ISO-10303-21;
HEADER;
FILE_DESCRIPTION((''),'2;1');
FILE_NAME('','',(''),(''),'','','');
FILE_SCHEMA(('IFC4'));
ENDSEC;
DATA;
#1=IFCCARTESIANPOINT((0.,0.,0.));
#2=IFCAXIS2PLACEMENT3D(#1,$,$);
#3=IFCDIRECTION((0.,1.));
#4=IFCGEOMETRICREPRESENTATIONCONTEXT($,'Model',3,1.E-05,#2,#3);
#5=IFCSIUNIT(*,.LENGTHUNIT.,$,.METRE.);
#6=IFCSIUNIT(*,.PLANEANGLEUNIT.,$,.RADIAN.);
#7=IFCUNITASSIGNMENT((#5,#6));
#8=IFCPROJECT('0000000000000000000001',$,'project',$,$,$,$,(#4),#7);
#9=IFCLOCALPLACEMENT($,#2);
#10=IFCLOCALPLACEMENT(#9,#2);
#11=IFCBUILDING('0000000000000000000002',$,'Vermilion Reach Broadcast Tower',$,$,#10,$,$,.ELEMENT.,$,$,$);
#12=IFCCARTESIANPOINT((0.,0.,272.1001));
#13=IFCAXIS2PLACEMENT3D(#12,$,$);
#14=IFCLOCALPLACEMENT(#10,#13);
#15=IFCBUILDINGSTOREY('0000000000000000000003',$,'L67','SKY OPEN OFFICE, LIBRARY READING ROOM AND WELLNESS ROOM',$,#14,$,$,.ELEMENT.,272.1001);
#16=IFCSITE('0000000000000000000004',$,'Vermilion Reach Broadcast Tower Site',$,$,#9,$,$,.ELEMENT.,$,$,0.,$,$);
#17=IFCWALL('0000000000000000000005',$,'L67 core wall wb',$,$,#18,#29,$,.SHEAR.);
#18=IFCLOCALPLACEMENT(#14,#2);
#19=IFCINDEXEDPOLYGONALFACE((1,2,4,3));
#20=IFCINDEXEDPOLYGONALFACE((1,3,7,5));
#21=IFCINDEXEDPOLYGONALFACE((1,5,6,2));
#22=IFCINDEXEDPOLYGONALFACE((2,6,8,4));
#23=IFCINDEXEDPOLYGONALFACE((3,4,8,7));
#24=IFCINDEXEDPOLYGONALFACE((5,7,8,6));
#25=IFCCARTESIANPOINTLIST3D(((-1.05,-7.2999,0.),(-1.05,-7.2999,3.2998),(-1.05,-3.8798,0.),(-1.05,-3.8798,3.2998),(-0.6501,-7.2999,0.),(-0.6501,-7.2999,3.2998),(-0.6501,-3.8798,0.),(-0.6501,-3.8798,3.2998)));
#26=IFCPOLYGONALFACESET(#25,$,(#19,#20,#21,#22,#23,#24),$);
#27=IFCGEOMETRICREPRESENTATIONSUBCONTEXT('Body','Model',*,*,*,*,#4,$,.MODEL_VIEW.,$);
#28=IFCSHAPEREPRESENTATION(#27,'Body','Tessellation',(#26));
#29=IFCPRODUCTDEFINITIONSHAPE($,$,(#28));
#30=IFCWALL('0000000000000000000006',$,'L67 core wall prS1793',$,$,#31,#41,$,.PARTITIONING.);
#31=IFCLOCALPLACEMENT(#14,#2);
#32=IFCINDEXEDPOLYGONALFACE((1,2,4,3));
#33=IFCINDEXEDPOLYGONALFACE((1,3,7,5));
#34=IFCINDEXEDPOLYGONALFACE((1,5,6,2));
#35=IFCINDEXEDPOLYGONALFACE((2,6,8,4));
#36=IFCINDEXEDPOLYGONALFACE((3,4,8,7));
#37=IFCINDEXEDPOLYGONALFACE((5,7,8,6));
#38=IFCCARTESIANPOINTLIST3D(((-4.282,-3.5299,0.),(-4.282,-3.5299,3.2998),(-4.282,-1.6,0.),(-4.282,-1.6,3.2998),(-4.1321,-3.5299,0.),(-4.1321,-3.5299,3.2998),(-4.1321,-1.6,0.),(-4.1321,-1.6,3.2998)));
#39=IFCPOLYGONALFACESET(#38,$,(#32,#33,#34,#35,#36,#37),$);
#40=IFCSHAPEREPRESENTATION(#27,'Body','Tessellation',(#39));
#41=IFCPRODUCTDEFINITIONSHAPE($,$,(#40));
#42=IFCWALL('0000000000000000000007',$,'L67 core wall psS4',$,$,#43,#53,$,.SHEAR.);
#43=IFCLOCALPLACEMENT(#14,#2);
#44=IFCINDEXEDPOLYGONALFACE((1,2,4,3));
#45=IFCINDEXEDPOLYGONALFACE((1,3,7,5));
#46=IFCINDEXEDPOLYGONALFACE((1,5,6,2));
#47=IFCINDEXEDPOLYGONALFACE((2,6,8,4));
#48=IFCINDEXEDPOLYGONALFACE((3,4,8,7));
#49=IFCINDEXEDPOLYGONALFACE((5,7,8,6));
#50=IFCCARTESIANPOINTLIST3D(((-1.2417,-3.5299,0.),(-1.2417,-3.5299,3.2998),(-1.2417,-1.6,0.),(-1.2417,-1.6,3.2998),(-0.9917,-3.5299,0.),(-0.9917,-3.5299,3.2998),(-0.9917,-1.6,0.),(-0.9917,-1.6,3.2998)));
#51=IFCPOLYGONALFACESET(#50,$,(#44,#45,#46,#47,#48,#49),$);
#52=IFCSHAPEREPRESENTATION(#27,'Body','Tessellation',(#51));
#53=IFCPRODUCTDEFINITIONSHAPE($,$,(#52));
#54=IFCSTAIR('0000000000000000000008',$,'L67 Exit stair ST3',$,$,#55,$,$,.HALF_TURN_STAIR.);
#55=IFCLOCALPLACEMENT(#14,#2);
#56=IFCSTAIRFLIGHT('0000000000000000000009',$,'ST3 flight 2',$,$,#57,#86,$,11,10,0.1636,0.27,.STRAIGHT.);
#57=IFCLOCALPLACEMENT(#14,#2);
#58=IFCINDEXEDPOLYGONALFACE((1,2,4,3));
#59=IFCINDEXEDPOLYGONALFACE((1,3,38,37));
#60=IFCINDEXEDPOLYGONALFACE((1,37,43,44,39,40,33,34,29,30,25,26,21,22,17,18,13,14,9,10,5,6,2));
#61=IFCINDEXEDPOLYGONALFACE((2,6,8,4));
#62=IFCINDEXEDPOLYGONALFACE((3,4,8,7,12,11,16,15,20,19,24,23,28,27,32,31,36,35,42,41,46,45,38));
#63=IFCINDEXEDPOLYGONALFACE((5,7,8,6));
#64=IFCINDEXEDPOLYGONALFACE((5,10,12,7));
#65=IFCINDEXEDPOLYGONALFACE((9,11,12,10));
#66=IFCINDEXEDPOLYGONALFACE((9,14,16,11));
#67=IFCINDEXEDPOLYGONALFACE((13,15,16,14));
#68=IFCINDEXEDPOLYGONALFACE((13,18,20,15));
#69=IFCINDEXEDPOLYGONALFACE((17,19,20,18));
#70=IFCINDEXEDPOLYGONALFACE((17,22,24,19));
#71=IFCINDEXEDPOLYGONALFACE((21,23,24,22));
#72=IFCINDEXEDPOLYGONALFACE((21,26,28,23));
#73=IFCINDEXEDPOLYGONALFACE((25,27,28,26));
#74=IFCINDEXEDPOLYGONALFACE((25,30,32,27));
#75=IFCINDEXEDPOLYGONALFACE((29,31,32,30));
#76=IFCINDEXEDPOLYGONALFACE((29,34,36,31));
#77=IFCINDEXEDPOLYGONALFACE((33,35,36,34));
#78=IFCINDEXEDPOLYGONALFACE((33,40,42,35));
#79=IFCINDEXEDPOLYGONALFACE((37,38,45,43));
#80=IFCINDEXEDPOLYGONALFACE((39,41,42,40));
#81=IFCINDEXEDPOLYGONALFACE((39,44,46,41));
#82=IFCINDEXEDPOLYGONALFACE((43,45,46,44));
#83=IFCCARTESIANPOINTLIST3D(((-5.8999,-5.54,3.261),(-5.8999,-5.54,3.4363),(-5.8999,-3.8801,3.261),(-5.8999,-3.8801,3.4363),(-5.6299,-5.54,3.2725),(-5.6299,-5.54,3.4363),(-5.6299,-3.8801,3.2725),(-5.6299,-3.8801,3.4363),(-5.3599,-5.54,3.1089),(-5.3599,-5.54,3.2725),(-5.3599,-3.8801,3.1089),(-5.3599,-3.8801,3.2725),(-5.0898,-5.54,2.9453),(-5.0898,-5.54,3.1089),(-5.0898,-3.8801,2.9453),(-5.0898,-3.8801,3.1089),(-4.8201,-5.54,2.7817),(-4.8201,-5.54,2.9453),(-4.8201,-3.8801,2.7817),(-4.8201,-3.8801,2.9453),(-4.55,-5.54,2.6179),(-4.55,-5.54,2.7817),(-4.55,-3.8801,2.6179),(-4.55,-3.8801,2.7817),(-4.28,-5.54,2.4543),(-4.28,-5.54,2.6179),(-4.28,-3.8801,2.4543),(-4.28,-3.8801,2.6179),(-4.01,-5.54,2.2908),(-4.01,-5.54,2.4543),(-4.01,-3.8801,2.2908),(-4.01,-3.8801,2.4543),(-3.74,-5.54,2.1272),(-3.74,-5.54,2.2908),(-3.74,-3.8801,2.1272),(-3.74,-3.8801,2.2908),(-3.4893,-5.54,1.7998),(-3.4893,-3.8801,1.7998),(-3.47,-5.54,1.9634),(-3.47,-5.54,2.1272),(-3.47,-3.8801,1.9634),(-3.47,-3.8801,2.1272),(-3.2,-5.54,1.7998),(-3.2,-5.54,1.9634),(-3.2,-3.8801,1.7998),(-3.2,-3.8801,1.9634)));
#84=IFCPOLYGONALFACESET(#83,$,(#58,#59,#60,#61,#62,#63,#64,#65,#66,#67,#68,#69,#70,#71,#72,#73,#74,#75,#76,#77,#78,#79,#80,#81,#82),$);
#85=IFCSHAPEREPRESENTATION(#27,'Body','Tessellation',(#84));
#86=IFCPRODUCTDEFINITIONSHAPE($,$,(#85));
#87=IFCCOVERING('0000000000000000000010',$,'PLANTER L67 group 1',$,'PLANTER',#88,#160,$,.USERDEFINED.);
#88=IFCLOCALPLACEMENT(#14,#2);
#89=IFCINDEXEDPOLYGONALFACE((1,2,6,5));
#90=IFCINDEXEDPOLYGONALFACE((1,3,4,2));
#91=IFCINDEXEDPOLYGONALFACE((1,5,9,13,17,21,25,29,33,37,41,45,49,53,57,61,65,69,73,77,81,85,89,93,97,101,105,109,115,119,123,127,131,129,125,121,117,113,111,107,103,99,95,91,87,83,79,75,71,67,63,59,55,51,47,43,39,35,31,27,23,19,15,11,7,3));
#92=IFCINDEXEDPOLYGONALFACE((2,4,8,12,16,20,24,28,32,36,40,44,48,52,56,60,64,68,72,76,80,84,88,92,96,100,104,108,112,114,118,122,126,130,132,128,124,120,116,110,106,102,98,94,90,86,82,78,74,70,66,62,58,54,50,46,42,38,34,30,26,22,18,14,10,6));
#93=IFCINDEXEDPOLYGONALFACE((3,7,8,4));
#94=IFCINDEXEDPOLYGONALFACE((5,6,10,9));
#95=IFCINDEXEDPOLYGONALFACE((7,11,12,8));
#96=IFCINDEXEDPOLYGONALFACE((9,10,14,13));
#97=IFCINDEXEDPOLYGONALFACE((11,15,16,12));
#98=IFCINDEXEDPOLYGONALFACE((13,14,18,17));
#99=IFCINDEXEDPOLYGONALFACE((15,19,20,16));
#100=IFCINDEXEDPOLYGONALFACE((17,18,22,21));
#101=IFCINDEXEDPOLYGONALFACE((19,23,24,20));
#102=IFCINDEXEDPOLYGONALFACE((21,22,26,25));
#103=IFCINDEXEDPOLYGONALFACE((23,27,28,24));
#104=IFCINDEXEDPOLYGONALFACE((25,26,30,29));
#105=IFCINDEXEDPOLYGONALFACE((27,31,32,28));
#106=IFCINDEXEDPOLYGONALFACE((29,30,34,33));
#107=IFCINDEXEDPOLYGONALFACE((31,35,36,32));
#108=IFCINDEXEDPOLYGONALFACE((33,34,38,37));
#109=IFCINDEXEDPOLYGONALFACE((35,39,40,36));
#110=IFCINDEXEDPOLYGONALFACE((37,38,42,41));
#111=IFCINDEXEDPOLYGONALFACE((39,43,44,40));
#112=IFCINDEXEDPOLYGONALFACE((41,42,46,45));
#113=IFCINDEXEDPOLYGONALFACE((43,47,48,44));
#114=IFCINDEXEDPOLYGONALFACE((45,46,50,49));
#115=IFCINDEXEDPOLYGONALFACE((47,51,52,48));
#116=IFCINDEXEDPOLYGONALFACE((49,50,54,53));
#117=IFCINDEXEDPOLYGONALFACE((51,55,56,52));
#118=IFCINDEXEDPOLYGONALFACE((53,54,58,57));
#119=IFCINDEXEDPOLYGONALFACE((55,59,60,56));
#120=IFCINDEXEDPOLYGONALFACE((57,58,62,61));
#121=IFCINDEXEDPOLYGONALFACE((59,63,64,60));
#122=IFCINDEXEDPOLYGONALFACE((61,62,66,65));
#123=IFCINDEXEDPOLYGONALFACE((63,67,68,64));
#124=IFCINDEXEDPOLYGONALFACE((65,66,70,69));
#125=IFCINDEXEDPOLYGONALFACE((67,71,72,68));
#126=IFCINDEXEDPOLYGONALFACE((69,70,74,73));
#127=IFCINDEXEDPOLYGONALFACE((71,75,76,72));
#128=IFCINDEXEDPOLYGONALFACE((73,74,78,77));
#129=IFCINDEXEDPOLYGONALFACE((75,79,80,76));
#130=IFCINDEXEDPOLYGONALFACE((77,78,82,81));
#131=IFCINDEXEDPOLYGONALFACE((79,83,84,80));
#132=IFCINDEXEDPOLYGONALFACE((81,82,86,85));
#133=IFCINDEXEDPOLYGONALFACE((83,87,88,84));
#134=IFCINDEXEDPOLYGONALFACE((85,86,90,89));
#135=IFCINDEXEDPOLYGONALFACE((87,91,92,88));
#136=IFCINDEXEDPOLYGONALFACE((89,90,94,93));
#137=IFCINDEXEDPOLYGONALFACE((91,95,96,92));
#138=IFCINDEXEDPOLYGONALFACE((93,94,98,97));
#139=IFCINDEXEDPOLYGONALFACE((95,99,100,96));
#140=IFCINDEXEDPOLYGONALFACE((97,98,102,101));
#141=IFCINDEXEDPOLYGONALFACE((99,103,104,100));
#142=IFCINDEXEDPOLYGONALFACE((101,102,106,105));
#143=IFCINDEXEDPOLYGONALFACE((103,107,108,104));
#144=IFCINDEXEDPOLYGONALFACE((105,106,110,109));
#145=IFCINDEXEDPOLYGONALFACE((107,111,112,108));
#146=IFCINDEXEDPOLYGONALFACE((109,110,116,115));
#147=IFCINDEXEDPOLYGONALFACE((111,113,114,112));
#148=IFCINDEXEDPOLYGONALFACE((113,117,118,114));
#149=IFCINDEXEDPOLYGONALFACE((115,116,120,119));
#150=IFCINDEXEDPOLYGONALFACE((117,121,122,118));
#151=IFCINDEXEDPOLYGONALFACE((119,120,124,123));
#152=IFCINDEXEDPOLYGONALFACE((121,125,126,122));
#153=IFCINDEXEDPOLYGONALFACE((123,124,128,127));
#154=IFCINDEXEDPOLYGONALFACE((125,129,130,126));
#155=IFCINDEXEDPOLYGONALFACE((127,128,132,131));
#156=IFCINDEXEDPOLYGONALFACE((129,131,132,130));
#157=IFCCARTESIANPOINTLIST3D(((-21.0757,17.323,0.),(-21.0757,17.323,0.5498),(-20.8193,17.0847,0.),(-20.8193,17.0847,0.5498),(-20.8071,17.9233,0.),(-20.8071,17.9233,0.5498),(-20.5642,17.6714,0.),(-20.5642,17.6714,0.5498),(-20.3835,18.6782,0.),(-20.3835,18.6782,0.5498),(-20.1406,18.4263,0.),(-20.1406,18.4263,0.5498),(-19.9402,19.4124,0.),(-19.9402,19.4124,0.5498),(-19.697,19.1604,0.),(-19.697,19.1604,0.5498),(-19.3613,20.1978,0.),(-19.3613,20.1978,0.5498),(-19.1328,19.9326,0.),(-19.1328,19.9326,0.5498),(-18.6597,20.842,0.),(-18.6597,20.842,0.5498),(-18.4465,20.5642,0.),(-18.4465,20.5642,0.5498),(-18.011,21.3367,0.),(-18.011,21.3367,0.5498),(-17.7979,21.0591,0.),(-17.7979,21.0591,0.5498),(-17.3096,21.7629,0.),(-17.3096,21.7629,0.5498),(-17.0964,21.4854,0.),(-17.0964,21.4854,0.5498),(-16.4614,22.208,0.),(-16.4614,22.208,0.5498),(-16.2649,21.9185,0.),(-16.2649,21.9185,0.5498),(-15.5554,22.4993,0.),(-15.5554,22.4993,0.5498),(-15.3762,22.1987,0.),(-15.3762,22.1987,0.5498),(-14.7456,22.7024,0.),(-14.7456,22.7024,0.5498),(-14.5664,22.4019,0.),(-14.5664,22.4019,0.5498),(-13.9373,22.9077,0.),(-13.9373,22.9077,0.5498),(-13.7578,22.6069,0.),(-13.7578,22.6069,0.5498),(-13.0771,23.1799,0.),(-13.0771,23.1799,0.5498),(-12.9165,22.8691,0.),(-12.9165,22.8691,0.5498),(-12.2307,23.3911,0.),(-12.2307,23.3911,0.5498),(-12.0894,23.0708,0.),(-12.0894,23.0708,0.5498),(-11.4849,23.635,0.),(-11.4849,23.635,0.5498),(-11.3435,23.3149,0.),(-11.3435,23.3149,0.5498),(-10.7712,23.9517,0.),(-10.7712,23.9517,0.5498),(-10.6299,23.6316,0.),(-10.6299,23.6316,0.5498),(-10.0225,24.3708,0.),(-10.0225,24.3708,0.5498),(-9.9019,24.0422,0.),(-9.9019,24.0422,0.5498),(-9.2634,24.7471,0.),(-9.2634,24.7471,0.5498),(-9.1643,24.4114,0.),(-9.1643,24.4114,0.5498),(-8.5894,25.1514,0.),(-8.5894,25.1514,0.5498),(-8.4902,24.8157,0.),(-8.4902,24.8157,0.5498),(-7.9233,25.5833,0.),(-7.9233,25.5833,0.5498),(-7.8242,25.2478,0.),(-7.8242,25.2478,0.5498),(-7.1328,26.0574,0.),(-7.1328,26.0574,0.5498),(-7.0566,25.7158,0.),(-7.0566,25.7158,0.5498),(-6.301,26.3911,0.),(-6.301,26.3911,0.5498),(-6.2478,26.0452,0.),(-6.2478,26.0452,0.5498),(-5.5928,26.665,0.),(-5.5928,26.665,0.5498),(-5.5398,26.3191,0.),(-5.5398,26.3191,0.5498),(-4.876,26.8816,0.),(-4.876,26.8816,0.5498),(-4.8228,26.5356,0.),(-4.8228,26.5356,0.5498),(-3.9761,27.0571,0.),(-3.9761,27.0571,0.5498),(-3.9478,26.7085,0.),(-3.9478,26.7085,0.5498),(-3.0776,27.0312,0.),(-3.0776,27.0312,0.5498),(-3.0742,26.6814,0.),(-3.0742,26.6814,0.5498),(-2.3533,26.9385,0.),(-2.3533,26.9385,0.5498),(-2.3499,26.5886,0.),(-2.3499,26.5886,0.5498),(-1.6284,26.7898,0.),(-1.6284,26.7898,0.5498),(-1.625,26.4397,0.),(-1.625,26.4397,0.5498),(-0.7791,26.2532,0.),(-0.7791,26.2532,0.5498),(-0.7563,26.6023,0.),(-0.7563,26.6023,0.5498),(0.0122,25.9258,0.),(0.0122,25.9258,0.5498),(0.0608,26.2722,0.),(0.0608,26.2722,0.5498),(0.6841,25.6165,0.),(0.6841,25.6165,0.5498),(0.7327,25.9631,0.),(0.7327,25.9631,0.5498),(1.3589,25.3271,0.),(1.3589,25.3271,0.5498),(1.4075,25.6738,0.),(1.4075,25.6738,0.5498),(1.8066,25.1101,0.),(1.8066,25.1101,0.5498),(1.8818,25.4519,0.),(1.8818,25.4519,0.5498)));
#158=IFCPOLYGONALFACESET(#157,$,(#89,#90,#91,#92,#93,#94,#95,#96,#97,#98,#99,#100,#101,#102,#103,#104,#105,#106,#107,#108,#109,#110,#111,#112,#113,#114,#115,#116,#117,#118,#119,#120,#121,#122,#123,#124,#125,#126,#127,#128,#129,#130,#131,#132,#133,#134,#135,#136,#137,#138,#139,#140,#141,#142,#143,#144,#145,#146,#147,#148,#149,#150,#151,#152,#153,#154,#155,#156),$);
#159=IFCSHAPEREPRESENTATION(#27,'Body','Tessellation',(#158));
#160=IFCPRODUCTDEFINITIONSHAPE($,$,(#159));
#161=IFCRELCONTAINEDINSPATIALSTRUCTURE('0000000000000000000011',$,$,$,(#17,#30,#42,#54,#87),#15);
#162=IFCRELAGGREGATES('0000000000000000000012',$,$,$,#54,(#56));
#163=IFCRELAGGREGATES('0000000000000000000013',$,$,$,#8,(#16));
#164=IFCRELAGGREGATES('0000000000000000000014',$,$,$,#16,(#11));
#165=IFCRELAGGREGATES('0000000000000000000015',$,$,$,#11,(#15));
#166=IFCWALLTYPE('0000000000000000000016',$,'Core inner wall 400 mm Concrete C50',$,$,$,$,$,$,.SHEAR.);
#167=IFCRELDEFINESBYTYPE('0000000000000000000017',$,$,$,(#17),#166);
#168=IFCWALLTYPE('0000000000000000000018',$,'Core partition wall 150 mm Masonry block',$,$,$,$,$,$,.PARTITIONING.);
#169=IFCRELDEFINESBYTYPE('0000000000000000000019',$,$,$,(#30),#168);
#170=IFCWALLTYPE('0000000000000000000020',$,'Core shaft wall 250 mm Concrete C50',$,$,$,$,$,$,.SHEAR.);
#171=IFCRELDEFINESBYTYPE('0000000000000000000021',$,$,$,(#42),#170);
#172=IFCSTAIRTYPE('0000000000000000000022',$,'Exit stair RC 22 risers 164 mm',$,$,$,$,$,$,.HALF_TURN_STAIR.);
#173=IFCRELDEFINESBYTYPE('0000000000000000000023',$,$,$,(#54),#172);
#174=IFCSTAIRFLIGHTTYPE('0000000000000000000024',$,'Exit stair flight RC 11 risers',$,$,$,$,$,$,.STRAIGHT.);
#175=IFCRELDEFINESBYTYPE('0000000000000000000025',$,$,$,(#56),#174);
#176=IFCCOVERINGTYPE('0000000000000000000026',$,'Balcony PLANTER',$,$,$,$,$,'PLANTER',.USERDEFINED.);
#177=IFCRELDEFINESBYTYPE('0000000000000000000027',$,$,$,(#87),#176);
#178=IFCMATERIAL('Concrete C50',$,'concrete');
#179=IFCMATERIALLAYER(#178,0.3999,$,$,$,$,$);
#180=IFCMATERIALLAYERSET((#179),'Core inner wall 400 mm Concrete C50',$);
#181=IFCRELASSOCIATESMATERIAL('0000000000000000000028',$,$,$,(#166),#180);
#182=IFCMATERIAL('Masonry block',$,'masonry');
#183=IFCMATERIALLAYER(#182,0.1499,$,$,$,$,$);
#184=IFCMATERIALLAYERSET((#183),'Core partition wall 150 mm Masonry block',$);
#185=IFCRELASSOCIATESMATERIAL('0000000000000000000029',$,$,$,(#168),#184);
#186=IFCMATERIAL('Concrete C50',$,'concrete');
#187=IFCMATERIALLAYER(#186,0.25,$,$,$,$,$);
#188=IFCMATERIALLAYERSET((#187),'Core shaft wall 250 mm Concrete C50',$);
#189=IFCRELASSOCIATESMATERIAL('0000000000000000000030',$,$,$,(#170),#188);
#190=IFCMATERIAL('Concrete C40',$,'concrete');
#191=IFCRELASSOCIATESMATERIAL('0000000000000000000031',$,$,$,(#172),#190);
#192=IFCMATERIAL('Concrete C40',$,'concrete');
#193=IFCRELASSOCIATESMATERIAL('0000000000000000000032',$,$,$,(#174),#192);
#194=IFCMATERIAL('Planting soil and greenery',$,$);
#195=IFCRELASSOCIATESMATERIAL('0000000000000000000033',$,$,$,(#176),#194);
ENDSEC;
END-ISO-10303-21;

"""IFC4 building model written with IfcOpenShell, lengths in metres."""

from ifc_helpers import new_model, si_unit, direction, frame, frame_2d, origin, place, context, subcontext, project, spatial, polyline, rectangle, outline, extrude, material, layer, layer_set, type_object, element, aggregate, save


model = new_model("IFC4")

# Units and contexts
model_context = context("Model", 3, precision=1e-05, world=origin(), true_north=direction((0.0, 1.0)))
body_context = subcontext(model_context, "Body", "Model", "MODEL_VIEW")
ifc_project = project(units=[si_unit("LENGTHUNIT", "METRE"), si_unit("PLANEANGLEUNIT", "RADIAN")], contexts=[model_context])

# Site, building, storey
site_placement = place(None, origin())
site = spatial("IfcSite", under=ifc_project, at=site_placement, Name="Vermilion Reach Broadcast Tower Site", CompositionType="ELEMENT", RefElevation=0.0)
building_placement = place(site_placement, origin())
building = spatial("IfcBuilding", under=site, at=building_placement, Name="Vermilion Reach Broadcast Tower", CompositionType="ELEMENT")
storey_placement = place(building_placement, frame((0.0, 0.0, 272.1001)))
storey = spatial("IfcBuildingStorey", under=building, at=storey_placement, Name="L67", Description="SKY OPEN OFFICE, LIBRARY READING ROOM AND WELLNESS ROOM", CompositionType="ELEMENT", Elevation=272.1001)

# Walls
ifc_material_1 = material(Name="Concrete C50", Category="concrete")
ifc_layer_1 = layer(ifc_material_1, 0.3999)
ifc_layer_set_1 = layer_set([ifc_layer_1], Name="Core inner wall 400 mm Concrete C50")
wall_type_1 = type_object("IfcWallType", Name="Core inner wall 400 mm Concrete C50", PredefinedType="SHEAR", material=ifc_layer_set_1)
wall_1_placement = place(storey_placement, frame((-0.8501, -3.8799, 0.0), z_axis=(0.0, 0.0, 1.0), x_axis=(0.0, -1.0, 0.0)))
element("IfcWall", 1, at=wall_1_placement, inside=storey, type_object=wall_type_1, Name="L67 core wall wb", PredefinedType="SHEAR", context=body_context, shape_type="SweptSolid", body=[
    extrude(rectangle(XDim=3.4202, YDim=0.3999, at=frame_2d((1.71, 0.0))), origin(), (0.0, 0.0, 1.0), 3.2998),
])
ifc_material_2 = material(Name="Masonry block", Category="masonry")
ifc_layer_2 = layer(ifc_material_2, 0.1499)
ifc_layer_set_2 = layer_set([ifc_layer_2], Name="Core partition wall 150 mm Masonry block")
wall_type_2 = type_object("IfcWallType", Name="Core partition wall 150 mm Masonry block", PredefinedType="PARTITIONING", material=ifc_layer_set_2)
wall_2_placement = place(storey_placement, frame((-4.207, -1.6001, 0.0), z_axis=(0.0, 0.0, 1.0), x_axis=(0.0, -1.0, 0.0)))
element("IfcWall", 2, at=wall_2_placement, inside=storey, type_object=wall_type_2, Name="L67 core wall prS1793", PredefinedType="PARTITIONING", context=body_context, shape_type="SweptSolid", body=[
    extrude(rectangle(XDim=1.9299, YDim=0.1499, at=frame_2d((0.9648, 0.0))), origin(), (0.0, 0.0, 1.0), 3.2998),
])
ifc_material_3 = material(Name="Concrete C50", Category="concrete")
ifc_layer_3 = layer(ifc_material_3, 0.25)
ifc_layer_set_3 = layer_set([ifc_layer_3], Name="Core shaft wall 250 mm Concrete C50")
wall_type_3 = type_object("IfcWallType", Name="Core shaft wall 250 mm Concrete C50", PredefinedType="SHEAR", material=ifc_layer_set_3)
wall_3_placement = place(storey_placement, frame((-1.1167, -1.6001, 0.0), z_axis=(0.0, 0.0, 1.0), x_axis=(0.0, -1.0, 0.0)))
element("IfcWall", 3, at=wall_3_placement, inside=storey, type_object=wall_type_3, Name="L67 core wall psS4", PredefinedType="SHEAR", context=body_context, shape_type="SweptSolid", body=[
    extrude(rectangle(XDim=1.9299, YDim=0.25, at=frame_2d((0.9648, 0.0))), origin(), (0.0, 0.0, 1.0), 3.2998),
])

# Stair, stair flight
ifc_material_4 = material(Name="Concrete C40", Category="concrete")
stair_type = type_object("IfcStairType", Name="Exit stair RC 22 risers 164 mm", PredefinedType="HALF_TURN_STAIR", material=ifc_material_4)
placement_1 = place(storey_placement, origin())
stair = element("IfcStair", 4, at=placement_1, inside=storey, type_object=stair_type, Name="L67 Exit stair ST3", PredefinedType="HALF_TURN_STAIR")
ifc_material_5 = material(Name="Concrete C40", Category="concrete")
stair_flight_type = type_object("IfcStairFlightType", Name="Exit stair flight RC 11 risers", PredefinedType="STRAIGHT", material=ifc_material_5)
stair_flight_placement = place(storey_placement, frame((-3.2, -4.71, 1.7998), z_axis=(0.0, 0.0, 1.0), x_axis=(-1.0, 0.0, 0.0)))
stair_flight = element("IfcStairFlight", 5, at=stair_flight_placement, type_object=stair_flight_type, Name="ST3 flight 2", NumberOfRisers=11, NumberOfTreads=10, PredefinedType="STRAIGHT", RiserHeight=0.1636, TreadLength=0.27, context=body_context, shape_type="SweptSolid", body=[
    extrude(outline(polyline([(0.0, 0.0), (0.0, 0.1636), (0.27, 0.1636), (0.27, 0.3274), (0.54, 0.3274), (0.54, 0.491), (0.8101, 0.491), (0.8101, 0.6545), (1.0801, 0.6545), (1.0801, 0.8181), (1.3501, 0.8181), (1.3501, 0.9819), (1.6201, 0.9819), (1.6201, 1.1455), (1.8899, 1.1455), (1.8899, 1.3091), (2.1599, 1.3091), (2.1599, 1.4727), (2.4299, 1.4727), (2.4299, 1.6365), (2.7, 1.6365), (2.7, 1.8), (2.7, 1.4612), (0.2893, 0.0), (0.0, 0.0)])), frame((0.0, 0.8301, 0.0), z_axis=(0.0, -1.0, 0.0), x_axis=(1.0, 0.0, 0.0)), (0.0, 0.0, 1.0), 1.6599),
])
aggregate(stair, [stair_flight])

# Covering
ifc_material_6 = material(Name="Planting soil and greenery")
covering_type = type_object("IfcCoveringType", Name="Balcony PLANTER", ElementType="PLANTER", PredefinedType="USERDEFINED", material=ifc_material_6)
element("IfcCovering", 6, at=placement_1, inside=storey, type_object=covering_type, Name="PLANTER L67 group 1", ObjectType="PLANTER", PredefinedType="USERDEFINED", context=body_context, shape_type="SweptSolid", body=[
    extrude(outline(polyline([(1.8818, 25.4519), (1.4075, 25.6738), (0.7327, 25.9631), (0.0608, 26.2722), (-0.7563, 26.6023), (-1.6284, 26.7898), (-2.3533, 26.9385), (-3.0776, 27.0312), (-3.9761, 27.0571), (-4.876, 26.8816), (-5.5928, 26.665), (-6.301, 26.3911), (-7.1328, 26.0574), (-7.9233, 25.5833), (-8.5894, 25.1514), (-9.2634, 24.7471), (-10.0225, 24.3708), (-10.7712, 23.9517), (-11.4849, 23.635), (-12.2307, 23.3911), (-13.0771, 23.1799), (-13.9373, 22.9077), (-14.7456, 22.7024), (-15.5554, 22.4993), (-16.4614, 22.208), (-17.3096, 21.7629), (-18.011, 21.3367), (-18.6597, 20.842), (-19.3613, 20.1978), (-19.9402, 19.4124), (-20.3835, 18.6782), (-20.8071, 17.9233), (-21.0757, 17.323), (-20.8193, 17.0847), (-20.5642, 17.6714), (-20.1406, 18.4263), (-19.697, 19.1604), (-19.1328, 19.9326), (-18.4465, 20.5642), (-17.7979, 21.0591), (-17.0964, 21.4854), (-16.2649, 21.9185), (-15.3762, 22.1987), (-14.5664, 22.4019), (-13.7578, 22.6069), (-12.9165, 22.8691), (-12.0894, 23.0708), (-11.3435, 23.3149), (-10.6299, 23.6316), (-9.9019, 24.0422), (-9.1643, 24.4114), (-8.4902, 24.8157), (-7.8242, 25.2478), (-7.0566, 25.7158), (-6.2478, 26.0452), (-5.5398, 26.3191), (-4.8228, 26.5356), (-3.9478, 26.7085), (-3.0742, 26.6814), (-2.3499, 26.5886), (-1.625, 26.4397), (-0.7791, 26.2532), (0.0122, 25.9258), (0.6841, 25.6165), (1.3589, 25.3271), (1.8066, 25.1101), (1.8818, 25.4519)])), origin(), (0.0, 0.0, 1.0), 0.5498),
])

save(model, "model.ifc")
